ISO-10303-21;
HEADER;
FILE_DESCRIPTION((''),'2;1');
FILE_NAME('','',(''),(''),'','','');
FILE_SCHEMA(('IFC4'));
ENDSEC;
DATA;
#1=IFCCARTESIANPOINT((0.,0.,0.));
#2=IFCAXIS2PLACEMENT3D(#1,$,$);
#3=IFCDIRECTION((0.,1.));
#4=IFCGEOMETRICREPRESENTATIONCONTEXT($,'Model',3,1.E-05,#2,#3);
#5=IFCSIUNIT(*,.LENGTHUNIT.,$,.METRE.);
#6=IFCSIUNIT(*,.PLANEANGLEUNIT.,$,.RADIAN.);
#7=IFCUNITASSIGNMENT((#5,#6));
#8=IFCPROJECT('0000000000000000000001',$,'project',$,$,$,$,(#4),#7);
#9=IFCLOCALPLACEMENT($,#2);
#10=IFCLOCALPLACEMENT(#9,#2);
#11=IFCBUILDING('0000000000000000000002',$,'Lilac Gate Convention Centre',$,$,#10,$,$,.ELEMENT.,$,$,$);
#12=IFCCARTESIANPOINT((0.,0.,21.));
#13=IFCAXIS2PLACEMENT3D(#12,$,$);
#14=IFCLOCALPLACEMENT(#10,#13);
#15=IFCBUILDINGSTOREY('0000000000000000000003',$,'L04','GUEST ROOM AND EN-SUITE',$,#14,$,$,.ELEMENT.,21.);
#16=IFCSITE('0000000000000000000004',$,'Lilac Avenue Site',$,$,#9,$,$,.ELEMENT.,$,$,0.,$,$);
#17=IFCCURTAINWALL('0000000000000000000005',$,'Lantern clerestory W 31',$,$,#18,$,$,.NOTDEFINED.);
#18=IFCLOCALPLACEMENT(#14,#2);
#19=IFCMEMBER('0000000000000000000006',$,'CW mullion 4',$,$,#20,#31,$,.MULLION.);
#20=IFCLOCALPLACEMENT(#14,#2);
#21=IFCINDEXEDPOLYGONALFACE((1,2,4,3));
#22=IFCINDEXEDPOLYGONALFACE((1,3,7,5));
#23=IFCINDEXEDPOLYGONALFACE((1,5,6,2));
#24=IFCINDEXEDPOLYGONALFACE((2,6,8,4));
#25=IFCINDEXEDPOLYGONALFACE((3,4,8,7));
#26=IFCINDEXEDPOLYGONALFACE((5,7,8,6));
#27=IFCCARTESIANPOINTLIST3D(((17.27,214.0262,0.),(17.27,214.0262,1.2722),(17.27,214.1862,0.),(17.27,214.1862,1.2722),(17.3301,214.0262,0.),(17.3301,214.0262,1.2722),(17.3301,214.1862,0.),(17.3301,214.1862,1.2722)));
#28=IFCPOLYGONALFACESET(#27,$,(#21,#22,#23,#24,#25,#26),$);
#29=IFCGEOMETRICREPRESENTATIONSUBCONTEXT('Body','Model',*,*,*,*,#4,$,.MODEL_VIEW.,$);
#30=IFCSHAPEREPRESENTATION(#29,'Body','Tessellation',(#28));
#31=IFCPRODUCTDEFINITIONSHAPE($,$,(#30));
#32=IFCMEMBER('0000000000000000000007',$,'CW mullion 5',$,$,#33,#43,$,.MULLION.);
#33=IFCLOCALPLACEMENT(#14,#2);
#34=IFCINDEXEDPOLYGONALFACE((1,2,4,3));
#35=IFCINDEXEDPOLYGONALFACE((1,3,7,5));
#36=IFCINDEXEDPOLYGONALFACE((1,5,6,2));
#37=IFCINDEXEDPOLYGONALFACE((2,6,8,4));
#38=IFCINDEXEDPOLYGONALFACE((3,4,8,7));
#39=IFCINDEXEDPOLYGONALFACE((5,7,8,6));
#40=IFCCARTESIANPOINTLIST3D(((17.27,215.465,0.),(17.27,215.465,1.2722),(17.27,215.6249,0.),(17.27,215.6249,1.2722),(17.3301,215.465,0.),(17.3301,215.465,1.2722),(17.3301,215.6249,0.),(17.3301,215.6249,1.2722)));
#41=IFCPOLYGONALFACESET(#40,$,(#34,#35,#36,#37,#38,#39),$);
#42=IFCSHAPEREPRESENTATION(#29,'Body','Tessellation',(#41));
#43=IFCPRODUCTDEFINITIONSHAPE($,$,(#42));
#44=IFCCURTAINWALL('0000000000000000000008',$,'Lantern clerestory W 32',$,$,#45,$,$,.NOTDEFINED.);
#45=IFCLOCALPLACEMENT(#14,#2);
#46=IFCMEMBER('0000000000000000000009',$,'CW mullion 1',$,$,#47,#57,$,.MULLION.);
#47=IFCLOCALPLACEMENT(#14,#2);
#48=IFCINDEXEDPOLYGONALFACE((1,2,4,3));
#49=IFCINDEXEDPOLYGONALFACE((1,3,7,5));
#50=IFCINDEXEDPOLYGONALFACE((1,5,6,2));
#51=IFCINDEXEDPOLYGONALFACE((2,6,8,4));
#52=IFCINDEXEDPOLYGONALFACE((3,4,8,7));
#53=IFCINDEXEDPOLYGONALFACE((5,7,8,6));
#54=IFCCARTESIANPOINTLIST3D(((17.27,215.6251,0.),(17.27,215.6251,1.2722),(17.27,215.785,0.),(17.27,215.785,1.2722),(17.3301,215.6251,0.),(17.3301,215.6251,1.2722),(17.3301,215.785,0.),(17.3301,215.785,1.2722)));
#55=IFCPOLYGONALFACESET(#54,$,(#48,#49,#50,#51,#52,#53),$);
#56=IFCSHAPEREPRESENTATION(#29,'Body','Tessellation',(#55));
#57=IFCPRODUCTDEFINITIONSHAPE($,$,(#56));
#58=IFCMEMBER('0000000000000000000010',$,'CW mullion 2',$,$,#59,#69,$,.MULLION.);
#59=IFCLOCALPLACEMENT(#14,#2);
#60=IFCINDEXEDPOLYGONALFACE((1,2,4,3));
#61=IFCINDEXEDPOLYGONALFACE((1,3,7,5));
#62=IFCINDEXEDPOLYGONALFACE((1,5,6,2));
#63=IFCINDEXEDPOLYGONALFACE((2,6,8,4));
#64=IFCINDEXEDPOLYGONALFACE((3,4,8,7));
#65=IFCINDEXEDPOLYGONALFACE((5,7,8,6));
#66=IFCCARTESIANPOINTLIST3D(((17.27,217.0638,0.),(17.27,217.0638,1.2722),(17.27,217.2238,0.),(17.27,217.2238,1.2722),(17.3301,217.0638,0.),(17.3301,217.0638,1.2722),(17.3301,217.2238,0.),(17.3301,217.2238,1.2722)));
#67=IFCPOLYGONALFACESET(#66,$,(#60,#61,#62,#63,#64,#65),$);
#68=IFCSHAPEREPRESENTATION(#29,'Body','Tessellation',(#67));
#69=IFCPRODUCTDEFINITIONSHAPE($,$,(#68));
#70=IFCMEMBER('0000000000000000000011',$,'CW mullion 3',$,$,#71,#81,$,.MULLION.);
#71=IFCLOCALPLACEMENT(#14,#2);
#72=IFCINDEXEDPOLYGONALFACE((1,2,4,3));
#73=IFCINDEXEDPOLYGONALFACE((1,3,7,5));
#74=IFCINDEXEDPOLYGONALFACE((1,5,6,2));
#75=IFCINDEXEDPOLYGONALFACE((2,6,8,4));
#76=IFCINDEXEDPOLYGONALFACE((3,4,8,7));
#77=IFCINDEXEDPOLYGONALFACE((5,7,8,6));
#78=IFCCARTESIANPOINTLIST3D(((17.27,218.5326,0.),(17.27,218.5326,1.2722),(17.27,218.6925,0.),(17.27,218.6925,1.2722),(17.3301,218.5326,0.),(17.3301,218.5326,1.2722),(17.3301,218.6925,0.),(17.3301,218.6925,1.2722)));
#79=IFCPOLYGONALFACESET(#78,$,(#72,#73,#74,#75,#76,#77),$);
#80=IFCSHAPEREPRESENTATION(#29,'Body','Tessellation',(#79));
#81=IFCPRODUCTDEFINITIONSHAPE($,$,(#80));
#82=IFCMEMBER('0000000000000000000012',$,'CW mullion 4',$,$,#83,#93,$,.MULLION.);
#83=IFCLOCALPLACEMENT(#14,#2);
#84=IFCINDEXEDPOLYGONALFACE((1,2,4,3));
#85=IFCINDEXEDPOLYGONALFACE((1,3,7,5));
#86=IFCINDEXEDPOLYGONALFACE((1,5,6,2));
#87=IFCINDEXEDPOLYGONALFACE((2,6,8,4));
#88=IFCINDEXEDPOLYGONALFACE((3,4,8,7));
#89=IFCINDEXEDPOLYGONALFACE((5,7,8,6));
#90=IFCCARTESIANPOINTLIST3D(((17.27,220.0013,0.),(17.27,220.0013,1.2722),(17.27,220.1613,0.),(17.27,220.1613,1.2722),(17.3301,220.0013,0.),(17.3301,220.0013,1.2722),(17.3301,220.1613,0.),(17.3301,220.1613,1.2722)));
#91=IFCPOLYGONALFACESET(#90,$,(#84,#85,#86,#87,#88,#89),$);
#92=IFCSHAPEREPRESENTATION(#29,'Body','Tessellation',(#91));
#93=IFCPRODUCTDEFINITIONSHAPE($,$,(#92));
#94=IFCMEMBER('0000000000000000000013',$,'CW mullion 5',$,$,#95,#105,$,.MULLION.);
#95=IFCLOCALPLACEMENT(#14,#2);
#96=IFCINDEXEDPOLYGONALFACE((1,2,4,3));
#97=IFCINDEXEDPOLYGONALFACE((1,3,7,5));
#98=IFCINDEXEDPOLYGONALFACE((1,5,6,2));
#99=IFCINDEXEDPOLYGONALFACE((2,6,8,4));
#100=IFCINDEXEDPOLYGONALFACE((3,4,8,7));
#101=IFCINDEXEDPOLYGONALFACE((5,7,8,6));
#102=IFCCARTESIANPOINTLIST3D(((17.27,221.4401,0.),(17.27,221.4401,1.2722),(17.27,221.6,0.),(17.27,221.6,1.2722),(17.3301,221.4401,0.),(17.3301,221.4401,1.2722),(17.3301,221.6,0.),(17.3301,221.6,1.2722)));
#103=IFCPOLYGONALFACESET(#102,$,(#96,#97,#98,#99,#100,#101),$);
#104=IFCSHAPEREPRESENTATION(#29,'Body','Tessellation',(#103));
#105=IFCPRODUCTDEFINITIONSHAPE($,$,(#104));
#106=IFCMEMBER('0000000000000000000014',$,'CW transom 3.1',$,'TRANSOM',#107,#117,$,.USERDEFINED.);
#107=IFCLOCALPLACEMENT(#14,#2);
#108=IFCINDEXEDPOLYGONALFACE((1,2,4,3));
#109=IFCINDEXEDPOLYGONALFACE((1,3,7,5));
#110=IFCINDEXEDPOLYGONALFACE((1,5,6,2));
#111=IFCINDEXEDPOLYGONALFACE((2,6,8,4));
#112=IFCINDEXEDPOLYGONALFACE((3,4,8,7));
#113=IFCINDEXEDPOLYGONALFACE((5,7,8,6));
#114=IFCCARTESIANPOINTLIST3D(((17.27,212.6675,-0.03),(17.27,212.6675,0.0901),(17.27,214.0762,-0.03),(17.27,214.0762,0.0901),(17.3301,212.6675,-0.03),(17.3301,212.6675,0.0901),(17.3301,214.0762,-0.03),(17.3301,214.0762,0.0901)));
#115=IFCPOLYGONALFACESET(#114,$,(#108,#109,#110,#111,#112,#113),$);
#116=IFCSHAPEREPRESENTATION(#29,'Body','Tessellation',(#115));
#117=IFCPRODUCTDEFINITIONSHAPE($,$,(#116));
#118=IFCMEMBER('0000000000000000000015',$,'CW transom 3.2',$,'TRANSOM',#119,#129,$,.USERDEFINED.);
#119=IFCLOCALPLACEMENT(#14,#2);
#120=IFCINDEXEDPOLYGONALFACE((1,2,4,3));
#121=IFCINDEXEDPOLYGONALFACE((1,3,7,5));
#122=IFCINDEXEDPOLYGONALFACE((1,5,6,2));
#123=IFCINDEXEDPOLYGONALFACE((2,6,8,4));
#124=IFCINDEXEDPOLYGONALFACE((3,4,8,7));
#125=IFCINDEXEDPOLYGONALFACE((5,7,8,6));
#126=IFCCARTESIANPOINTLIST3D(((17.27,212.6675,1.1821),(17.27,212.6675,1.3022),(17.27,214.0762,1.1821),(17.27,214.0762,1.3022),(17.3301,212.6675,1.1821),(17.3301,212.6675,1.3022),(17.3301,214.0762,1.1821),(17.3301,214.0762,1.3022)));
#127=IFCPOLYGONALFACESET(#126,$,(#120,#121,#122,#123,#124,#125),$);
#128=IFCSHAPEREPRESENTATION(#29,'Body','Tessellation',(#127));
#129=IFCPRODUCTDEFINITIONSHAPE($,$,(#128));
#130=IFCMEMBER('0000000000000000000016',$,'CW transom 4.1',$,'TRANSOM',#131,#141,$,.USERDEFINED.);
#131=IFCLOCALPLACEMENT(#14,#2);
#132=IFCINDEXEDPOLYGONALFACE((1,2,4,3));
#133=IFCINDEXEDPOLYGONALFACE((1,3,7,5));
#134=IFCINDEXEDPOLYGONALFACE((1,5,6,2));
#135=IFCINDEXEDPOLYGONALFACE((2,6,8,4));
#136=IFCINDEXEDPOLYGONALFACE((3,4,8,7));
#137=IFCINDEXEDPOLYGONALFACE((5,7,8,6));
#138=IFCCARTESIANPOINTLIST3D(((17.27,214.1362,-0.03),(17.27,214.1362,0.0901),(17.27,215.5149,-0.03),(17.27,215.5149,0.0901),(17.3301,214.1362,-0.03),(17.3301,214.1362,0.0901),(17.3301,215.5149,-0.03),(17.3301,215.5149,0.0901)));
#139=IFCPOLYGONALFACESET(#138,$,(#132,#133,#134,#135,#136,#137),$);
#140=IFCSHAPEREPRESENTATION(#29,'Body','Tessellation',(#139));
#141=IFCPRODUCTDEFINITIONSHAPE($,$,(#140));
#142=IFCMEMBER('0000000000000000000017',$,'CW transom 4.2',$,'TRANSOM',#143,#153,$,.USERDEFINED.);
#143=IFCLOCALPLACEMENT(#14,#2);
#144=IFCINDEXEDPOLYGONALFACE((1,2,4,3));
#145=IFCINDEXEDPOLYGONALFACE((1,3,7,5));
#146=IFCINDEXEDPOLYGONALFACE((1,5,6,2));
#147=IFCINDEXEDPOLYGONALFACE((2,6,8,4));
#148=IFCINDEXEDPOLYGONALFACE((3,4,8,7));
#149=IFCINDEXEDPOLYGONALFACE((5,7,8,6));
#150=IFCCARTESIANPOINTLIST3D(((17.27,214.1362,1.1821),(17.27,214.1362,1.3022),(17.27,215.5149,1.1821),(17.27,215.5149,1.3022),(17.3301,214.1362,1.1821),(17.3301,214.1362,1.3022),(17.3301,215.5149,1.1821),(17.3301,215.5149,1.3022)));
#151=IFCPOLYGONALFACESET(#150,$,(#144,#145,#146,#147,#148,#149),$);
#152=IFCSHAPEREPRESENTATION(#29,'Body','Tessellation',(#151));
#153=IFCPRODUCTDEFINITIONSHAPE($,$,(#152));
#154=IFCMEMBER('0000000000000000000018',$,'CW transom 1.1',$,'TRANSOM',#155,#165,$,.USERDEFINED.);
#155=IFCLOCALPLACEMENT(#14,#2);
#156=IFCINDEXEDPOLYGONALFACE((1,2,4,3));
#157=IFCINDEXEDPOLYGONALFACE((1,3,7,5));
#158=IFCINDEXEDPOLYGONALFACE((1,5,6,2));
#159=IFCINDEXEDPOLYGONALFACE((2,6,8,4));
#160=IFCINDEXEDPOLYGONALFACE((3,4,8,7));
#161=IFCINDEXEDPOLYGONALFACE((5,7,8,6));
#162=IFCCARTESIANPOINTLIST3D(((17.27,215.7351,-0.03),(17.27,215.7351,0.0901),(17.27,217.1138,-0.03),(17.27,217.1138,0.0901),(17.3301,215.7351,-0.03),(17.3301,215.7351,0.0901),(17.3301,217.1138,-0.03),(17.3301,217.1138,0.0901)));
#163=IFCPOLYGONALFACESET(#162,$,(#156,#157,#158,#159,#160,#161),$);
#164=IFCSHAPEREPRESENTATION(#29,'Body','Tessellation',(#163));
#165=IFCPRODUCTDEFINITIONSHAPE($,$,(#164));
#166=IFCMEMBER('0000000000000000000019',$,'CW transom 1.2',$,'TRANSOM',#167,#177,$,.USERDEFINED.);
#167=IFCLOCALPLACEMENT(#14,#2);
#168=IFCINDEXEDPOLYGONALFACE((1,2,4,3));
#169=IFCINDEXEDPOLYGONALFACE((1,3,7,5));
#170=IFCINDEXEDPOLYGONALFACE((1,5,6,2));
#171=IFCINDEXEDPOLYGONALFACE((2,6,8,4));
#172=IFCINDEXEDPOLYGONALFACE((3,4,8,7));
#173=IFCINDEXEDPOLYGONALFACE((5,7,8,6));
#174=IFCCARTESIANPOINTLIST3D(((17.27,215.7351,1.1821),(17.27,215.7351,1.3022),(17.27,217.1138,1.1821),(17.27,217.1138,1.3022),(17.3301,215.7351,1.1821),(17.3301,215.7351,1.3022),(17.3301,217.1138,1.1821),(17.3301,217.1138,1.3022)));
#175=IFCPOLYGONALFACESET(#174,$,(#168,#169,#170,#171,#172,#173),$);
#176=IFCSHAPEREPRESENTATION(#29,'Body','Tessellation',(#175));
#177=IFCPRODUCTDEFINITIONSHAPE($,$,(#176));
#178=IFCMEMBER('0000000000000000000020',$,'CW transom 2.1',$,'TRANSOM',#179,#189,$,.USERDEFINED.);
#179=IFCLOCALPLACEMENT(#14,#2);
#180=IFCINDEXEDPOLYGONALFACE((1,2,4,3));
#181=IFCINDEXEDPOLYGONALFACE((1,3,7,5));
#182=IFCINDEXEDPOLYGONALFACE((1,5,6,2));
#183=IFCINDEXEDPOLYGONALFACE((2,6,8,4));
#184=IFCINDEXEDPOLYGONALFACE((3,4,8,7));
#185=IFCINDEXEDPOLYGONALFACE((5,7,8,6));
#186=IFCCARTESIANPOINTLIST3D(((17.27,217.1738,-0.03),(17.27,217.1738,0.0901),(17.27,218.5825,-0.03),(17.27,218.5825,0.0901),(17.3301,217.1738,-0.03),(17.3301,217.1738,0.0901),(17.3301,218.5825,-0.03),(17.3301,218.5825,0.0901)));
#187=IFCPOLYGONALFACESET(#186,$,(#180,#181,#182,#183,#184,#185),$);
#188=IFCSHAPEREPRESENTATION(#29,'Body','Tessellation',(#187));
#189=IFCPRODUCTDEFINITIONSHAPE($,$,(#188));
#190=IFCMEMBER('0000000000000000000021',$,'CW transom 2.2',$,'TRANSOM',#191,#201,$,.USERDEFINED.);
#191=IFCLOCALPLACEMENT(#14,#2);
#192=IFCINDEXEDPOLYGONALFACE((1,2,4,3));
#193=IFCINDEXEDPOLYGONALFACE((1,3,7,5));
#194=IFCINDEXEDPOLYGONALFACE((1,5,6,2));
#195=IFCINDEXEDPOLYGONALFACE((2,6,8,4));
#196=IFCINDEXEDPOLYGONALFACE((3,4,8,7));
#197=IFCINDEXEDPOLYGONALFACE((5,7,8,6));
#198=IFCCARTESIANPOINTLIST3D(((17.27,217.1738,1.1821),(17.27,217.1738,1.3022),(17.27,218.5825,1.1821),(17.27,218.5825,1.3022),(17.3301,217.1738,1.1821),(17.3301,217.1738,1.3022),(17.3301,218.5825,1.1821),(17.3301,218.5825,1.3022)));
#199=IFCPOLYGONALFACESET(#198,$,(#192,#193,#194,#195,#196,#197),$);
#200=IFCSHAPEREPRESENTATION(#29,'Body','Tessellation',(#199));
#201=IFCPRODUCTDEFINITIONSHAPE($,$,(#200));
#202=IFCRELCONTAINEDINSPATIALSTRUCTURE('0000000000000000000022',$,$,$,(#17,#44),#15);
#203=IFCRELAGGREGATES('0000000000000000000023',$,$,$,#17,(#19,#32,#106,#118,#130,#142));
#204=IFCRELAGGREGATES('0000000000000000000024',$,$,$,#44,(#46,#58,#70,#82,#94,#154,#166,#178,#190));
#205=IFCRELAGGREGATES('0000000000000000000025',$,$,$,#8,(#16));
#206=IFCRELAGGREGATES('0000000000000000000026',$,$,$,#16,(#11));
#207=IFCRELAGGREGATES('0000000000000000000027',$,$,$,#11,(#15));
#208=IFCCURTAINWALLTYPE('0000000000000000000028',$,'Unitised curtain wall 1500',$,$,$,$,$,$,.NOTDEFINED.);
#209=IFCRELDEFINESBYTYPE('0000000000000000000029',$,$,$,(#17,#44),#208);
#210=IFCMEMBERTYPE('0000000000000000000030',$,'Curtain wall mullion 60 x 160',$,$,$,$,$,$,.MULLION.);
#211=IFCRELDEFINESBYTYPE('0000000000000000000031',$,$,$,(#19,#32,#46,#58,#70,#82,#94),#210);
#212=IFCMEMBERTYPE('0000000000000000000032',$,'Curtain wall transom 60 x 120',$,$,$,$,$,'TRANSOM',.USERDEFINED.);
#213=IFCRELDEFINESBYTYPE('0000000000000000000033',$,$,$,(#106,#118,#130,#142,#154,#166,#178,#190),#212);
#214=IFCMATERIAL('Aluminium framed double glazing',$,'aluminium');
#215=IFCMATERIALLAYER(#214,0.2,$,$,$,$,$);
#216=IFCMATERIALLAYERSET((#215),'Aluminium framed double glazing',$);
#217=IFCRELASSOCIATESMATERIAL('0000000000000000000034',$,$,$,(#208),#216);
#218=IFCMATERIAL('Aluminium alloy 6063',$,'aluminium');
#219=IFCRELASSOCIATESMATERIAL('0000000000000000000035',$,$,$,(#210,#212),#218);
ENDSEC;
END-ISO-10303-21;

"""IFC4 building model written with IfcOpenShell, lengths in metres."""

from ifc_helpers import new_model, si_unit, direction, frame, origin, origin_2d, place, context, subcontext, project, spatial, rectangle, extrude, material, layer, layer_set, material_profile, profile_set, type_object, element, aggregate, save


model = new_model("IFC4")

# Units and contexts
model_context = context("Model", 3, precision=1e-05, world=origin(), true_north=direction((0.0, 1.0)))
body_context = subcontext(model_context, "Body", "Model", "MODEL_VIEW")
ifc_project = project(units=[si_unit("LENGTHUNIT", "METRE"), si_unit("PLANEANGLEUNIT", "RADIAN")], contexts=[model_context])

# Site, building, storey
site_placement = place(None, origin())
site = spatial("IfcSite", under=ifc_project, at=site_placement, Name="Lilac Avenue Site", CompositionType="ELEMENT", RefElevation=0.0)
building_placement = place(site_placement, origin())
building = spatial("IfcBuilding", under=site, at=building_placement, Name="Lilac Gate Convention Centre", CompositionType="ELEMENT")
storey_placement = place(building_placement, frame((0.0, 0.0, 21.0)))
storey = spatial("IfcBuildingStorey", under=building, at=storey_placement, Name="L04", Description="GUEST ROOM AND EN-SUITE", CompositionType="ELEMENT", Elevation=21.0)

# Curtain walls, members
ifc_material_1 = material(Name="Aluminium framed double glazing", Category="aluminium")
ifc_layer_1 = layer(ifc_material_1, 0.2)
ifc_layer_set_1 = layer_set([ifc_layer_1], Name="Aluminium framed double glazing")
curtain_wall_type = type_object("IfcCurtainWallType", Name="Unitised curtain wall 1500", PredefinedType="NOTDEFINED", material=ifc_layer_set_1)
curtain_wall_1_placement = place(storey_placement, origin())
curtain_wall_1 = element("IfcCurtainWall", 1, at=curtain_wall_1_placement, inside=storey, type_object=curtain_wall_type, Name="Lantern clerestory W 31", PredefinedType="NOTDEFINED")
ifc_material_2 = material(Name="Aluminium alloy 6063", Category="aluminium")
ifc_material_profile_1 = material_profile(ifc_material_2, rectangle(XDim=0.0601, YDim=0.1599, at=origin_2d()), Name="Curtain wall mullion 60 x 160")
ifc_profile_set_1 = profile_set([ifc_material_profile_1], Name="Aluminium alloy 6063")
member_type_1 = type_object("IfcMemberType", Name="Curtain wall mullion 60 x 160", PredefinedType="MULLION", material=ifc_profile_set_1)
member_1_placement = place(storey_placement, frame((17.3, 214.1062, 0.0), z_axis=(0.0, 0.0, 1.0), x_axis=(-1.0, 0.0, 0.0)))
member_1 = element("IfcMember", 2, at=member_1_placement, type_object=member_type_1, Name="CW mullion 4", PredefinedType="MULLION", context=body_context, shape_type="SweptSolid", body=[
    extrude(rectangle(XDim=0.0601, YDim=0.1599, at=origin_2d()), origin(), (0.0, 0.0, 1.0), 1.2722),
])
member_2_placement = place(storey_placement, frame((17.3, 215.5449, 0.0), z_axis=(0.0, 0.0, 1.0), x_axis=(-1.0, 0.0, 0.0)))
member_2 = element("IfcMember", 3, at=member_2_placement, type_object=member_type_1, Name="CW mullion 5", PredefinedType="MULLION", context=body_context, shape_type="SweptSolid", body=[
    extrude(rectangle(XDim=0.0601, YDim=0.1599, at=origin_2d()), origin(), (0.0, 0.0, 1.0), 1.2722),
])
curtain_wall_2_placement = place(storey_placement, origin())
curtain_wall_2 = element("IfcCurtainWall", 4, at=curtain_wall_2_placement, inside=storey, type_object=curtain_wall_type, Name="Lantern clerestory W 32", PredefinedType="NOTDEFINED")
member_3_placement = place(storey_placement, frame((17.3, 215.7051, 0.0), z_axis=(0.0, 0.0, 1.0), x_axis=(-1.0, 0.0, 0.0)))
member_3 = element("IfcMember", 5, at=member_3_placement, type_object=member_type_1, Name="CW mullion 1", PredefinedType="MULLION", context=body_context, shape_type="SweptSolid", body=[
    extrude(rectangle(XDim=0.0601, YDim=0.1599, at=origin_2d()), origin(), (0.0, 0.0, 1.0), 1.2722),
])
member_4_placement = place(storey_placement, frame((17.3, 217.1438, 0.0), z_axis=(0.0, 0.0, 1.0), x_axis=(-1.0, 0.0, 0.0)))
member_4 = element("IfcMember", 6, at=member_4_placement, type_object=member_type_1, Name="CW mullion 2", PredefinedType="MULLION", context=body_context, shape_type="SweptSolid", body=[
    extrude(rectangle(XDim=0.0601, YDim=0.1599, at=origin_2d()), origin(), (0.0, 0.0, 1.0), 1.2722),
])
member_5_placement = place(storey_placement, frame((17.3, 218.6125, 0.0), z_axis=(0.0, 0.0, 1.0), x_axis=(-1.0, 0.0, 0.0)))
member_5 = element("IfcMember", 7, at=member_5_placement, type_object=member_type_1, Name="CW mullion 3", PredefinedType="MULLION", context=body_context, shape_type="SweptSolid", body=[
    extrude(rectangle(XDim=0.0601, YDim=0.1599, at=origin_2d()), origin(), (0.0, 0.0, 1.0), 1.2722),
])
member_6_placement = place(storey_placement, frame((17.3, 220.0813, 0.0), z_axis=(0.0, 0.0, 1.0), x_axis=(-1.0, 0.0, 0.0)))
member_6 = element("IfcMember", 8, at=member_6_placement, type_object=member_type_1, Name="CW mullion 4", PredefinedType="MULLION", context=body_context, shape_type="SweptSolid", body=[
    extrude(rectangle(XDim=0.0601, YDim=0.1599, at=origin_2d()), origin(), (0.0, 0.0, 1.0), 1.2722),
])
member_7_placement = place(storey_placement, frame((17.3, 221.52, 0.0), z_axis=(0.0, 0.0, 1.0), x_axis=(-1.0, 0.0, 0.0)))
member_7 = element("IfcMember", 9, at=member_7_placement, type_object=member_type_1, Name="CW mullion 5", PredefinedType="MULLION", context=body_context, shape_type="SweptSolid", body=[
    extrude(rectangle(XDim=0.0601, YDim=0.1599, at=origin_2d()), origin(), (0.0, 0.0, 1.0), 1.2722),
])

# Members
ifc_material_profile_2 = material_profile(ifc_material_2, rectangle(XDim=0.0601, YDim=0.1201, at=origin_2d()), Name="Curtain wall transom 60 x 120")
ifc_profile_set_2 = profile_set([ifc_material_profile_2], Name="Aluminium alloy 6063")
member_type_2 = type_object("IfcMemberType", Name="Curtain wall transom 60 x 120", ElementType="TRANSOM", PredefinedType="USERDEFINED", material=ifc_profile_set_2)
member_8_placement = place(storey_placement, frame((17.3, 212.6675, 0.03), z_axis=(0.0, 1.0, 0.0), x_axis=(-1.0, 0.0, 0.0)))
member_8 = element("IfcMember", 10, at=member_8_placement, type_object=member_type_2, Name="CW transom 3.1", ObjectType="TRANSOM", PredefinedType="USERDEFINED", context=body_context, shape_type="SweptSolid", body=[
    extrude(rectangle(XDim=0.0601, YDim=0.1201, at=origin_2d()), origin(), (0.0, 0.0, 1.0), 1.4087),
])
member_9_placement = place(storey_placement, frame((17.3, 212.6675, 1.2422), z_axis=(0.0, 1.0, 0.0), x_axis=(-1.0, 0.0, 0.0)))
member_9 = element("IfcMember", 11, at=member_9_placement, type_object=member_type_2, Name="CW transom 3.2", ObjectType="TRANSOM", PredefinedType="USERDEFINED", context=body_context, shape_type="SweptSolid", body=[
    extrude(rectangle(XDim=0.0601, YDim=0.1201, at=origin_2d()), origin(), (0.0, 0.0, 1.0), 1.4087),
])
member_10_placement = place(storey_placement, frame((17.3, 214.1362, 0.03), z_axis=(0.0, 1.0, 0.0), x_axis=(-1.0, 0.0, 0.0)))
member_10 = element("IfcMember", 12, at=member_10_placement, type_object=member_type_2, Name="CW transom 4.1", ObjectType="TRANSOM", PredefinedType="USERDEFINED", context=body_context, shape_type="SweptSolid", body=[
    extrude(rectangle(XDim=0.0601, YDim=0.1201, at=origin_2d()), origin(), (0.0, 0.0, 1.0), 1.3787),
])
member_11_placement = place(storey_placement, frame((17.3, 214.1362, 1.2422), z_axis=(0.0, 1.0, 0.0), x_axis=(-1.0, 0.0, 0.0)))
member_11 = element("IfcMember", 13, at=member_11_placement, type_object=member_type_2, Name="CW transom 4.2", ObjectType="TRANSOM", PredefinedType="USERDEFINED", context=body_context, shape_type="SweptSolid", body=[
    extrude(rectangle(XDim=0.0601, YDim=0.1201, at=origin_2d()), origin(), (0.0, 0.0, 1.0), 1.3787),
])
member_12_placement = place(storey_placement, frame((17.3, 215.7351, 0.03), z_axis=(0.0, 1.0, 0.0), x_axis=(-1.0, 0.0, 0.0)))
member_12 = element("IfcMember", 14, at=member_12_placement, type_object=member_type_2, Name="CW transom 1.1", ObjectType="TRANSOM", PredefinedType="USERDEFINED", context=body_context, shape_type="SweptSolid", body=[
    extrude(rectangle(XDim=0.0601, YDim=0.1201, at=origin_2d()), origin(), (0.0, 0.0, 1.0), 1.3787),
])
member_13_placement = place(storey_placement, frame((17.3, 215.7351, 1.2422), z_axis=(0.0, 1.0, 0.0), x_axis=(-1.0, 0.0, 0.0)))
member_13 = element("IfcMember", 15, at=member_13_placement, type_object=member_type_2, Name="CW transom 1.2", ObjectType="TRANSOM", PredefinedType="USERDEFINED", context=body_context, shape_type="SweptSolid", body=[
    extrude(rectangle(XDim=0.0601, YDim=0.1201, at=origin_2d()), origin(), (0.0, 0.0, 1.0), 1.3787),
])
member_14_placement = place(storey_placement, frame((17.3, 217.1738, 0.03), z_axis=(0.0, 1.0, 0.0), x_axis=(-1.0, 0.0, 0.0)))
member_14 = element("IfcMember", 16, at=member_14_placement, type_object=member_type_2, Name="CW transom 2.1", ObjectType="TRANSOM", PredefinedType="USERDEFINED", context=body_context, shape_type="SweptSolid", body=[
    extrude(rectangle(XDim=0.0601, YDim=0.1201, at=origin_2d()), origin(), (0.0, 0.0, 1.0), 1.4087),
])
member_15_placement = place(storey_placement, frame((17.3, 217.1738, 1.2422), z_axis=(0.0, 1.0, 0.0), x_axis=(-1.0, 0.0, 0.0)))
member_15 = element("IfcMember", 17, at=member_15_placement, type_object=member_type_2, Name="CW transom 2.2", ObjectType="TRANSOM", PredefinedType="USERDEFINED", context=body_context, shape_type="SweptSolid", body=[
    extrude(rectangle(XDim=0.0601, YDim=0.1201, at=origin_2d()), origin(), (0.0, 0.0, 1.0), 1.4087),
])

aggregate(curtain_wall_1, [member_1, member_2, member_8, member_9, member_10, member_11])
aggregate(curtain_wall_2, [member_3, member_4, member_5, member_6, member_7, member_12, member_13, member_14, member_15])

save(model, "model.ifc")
